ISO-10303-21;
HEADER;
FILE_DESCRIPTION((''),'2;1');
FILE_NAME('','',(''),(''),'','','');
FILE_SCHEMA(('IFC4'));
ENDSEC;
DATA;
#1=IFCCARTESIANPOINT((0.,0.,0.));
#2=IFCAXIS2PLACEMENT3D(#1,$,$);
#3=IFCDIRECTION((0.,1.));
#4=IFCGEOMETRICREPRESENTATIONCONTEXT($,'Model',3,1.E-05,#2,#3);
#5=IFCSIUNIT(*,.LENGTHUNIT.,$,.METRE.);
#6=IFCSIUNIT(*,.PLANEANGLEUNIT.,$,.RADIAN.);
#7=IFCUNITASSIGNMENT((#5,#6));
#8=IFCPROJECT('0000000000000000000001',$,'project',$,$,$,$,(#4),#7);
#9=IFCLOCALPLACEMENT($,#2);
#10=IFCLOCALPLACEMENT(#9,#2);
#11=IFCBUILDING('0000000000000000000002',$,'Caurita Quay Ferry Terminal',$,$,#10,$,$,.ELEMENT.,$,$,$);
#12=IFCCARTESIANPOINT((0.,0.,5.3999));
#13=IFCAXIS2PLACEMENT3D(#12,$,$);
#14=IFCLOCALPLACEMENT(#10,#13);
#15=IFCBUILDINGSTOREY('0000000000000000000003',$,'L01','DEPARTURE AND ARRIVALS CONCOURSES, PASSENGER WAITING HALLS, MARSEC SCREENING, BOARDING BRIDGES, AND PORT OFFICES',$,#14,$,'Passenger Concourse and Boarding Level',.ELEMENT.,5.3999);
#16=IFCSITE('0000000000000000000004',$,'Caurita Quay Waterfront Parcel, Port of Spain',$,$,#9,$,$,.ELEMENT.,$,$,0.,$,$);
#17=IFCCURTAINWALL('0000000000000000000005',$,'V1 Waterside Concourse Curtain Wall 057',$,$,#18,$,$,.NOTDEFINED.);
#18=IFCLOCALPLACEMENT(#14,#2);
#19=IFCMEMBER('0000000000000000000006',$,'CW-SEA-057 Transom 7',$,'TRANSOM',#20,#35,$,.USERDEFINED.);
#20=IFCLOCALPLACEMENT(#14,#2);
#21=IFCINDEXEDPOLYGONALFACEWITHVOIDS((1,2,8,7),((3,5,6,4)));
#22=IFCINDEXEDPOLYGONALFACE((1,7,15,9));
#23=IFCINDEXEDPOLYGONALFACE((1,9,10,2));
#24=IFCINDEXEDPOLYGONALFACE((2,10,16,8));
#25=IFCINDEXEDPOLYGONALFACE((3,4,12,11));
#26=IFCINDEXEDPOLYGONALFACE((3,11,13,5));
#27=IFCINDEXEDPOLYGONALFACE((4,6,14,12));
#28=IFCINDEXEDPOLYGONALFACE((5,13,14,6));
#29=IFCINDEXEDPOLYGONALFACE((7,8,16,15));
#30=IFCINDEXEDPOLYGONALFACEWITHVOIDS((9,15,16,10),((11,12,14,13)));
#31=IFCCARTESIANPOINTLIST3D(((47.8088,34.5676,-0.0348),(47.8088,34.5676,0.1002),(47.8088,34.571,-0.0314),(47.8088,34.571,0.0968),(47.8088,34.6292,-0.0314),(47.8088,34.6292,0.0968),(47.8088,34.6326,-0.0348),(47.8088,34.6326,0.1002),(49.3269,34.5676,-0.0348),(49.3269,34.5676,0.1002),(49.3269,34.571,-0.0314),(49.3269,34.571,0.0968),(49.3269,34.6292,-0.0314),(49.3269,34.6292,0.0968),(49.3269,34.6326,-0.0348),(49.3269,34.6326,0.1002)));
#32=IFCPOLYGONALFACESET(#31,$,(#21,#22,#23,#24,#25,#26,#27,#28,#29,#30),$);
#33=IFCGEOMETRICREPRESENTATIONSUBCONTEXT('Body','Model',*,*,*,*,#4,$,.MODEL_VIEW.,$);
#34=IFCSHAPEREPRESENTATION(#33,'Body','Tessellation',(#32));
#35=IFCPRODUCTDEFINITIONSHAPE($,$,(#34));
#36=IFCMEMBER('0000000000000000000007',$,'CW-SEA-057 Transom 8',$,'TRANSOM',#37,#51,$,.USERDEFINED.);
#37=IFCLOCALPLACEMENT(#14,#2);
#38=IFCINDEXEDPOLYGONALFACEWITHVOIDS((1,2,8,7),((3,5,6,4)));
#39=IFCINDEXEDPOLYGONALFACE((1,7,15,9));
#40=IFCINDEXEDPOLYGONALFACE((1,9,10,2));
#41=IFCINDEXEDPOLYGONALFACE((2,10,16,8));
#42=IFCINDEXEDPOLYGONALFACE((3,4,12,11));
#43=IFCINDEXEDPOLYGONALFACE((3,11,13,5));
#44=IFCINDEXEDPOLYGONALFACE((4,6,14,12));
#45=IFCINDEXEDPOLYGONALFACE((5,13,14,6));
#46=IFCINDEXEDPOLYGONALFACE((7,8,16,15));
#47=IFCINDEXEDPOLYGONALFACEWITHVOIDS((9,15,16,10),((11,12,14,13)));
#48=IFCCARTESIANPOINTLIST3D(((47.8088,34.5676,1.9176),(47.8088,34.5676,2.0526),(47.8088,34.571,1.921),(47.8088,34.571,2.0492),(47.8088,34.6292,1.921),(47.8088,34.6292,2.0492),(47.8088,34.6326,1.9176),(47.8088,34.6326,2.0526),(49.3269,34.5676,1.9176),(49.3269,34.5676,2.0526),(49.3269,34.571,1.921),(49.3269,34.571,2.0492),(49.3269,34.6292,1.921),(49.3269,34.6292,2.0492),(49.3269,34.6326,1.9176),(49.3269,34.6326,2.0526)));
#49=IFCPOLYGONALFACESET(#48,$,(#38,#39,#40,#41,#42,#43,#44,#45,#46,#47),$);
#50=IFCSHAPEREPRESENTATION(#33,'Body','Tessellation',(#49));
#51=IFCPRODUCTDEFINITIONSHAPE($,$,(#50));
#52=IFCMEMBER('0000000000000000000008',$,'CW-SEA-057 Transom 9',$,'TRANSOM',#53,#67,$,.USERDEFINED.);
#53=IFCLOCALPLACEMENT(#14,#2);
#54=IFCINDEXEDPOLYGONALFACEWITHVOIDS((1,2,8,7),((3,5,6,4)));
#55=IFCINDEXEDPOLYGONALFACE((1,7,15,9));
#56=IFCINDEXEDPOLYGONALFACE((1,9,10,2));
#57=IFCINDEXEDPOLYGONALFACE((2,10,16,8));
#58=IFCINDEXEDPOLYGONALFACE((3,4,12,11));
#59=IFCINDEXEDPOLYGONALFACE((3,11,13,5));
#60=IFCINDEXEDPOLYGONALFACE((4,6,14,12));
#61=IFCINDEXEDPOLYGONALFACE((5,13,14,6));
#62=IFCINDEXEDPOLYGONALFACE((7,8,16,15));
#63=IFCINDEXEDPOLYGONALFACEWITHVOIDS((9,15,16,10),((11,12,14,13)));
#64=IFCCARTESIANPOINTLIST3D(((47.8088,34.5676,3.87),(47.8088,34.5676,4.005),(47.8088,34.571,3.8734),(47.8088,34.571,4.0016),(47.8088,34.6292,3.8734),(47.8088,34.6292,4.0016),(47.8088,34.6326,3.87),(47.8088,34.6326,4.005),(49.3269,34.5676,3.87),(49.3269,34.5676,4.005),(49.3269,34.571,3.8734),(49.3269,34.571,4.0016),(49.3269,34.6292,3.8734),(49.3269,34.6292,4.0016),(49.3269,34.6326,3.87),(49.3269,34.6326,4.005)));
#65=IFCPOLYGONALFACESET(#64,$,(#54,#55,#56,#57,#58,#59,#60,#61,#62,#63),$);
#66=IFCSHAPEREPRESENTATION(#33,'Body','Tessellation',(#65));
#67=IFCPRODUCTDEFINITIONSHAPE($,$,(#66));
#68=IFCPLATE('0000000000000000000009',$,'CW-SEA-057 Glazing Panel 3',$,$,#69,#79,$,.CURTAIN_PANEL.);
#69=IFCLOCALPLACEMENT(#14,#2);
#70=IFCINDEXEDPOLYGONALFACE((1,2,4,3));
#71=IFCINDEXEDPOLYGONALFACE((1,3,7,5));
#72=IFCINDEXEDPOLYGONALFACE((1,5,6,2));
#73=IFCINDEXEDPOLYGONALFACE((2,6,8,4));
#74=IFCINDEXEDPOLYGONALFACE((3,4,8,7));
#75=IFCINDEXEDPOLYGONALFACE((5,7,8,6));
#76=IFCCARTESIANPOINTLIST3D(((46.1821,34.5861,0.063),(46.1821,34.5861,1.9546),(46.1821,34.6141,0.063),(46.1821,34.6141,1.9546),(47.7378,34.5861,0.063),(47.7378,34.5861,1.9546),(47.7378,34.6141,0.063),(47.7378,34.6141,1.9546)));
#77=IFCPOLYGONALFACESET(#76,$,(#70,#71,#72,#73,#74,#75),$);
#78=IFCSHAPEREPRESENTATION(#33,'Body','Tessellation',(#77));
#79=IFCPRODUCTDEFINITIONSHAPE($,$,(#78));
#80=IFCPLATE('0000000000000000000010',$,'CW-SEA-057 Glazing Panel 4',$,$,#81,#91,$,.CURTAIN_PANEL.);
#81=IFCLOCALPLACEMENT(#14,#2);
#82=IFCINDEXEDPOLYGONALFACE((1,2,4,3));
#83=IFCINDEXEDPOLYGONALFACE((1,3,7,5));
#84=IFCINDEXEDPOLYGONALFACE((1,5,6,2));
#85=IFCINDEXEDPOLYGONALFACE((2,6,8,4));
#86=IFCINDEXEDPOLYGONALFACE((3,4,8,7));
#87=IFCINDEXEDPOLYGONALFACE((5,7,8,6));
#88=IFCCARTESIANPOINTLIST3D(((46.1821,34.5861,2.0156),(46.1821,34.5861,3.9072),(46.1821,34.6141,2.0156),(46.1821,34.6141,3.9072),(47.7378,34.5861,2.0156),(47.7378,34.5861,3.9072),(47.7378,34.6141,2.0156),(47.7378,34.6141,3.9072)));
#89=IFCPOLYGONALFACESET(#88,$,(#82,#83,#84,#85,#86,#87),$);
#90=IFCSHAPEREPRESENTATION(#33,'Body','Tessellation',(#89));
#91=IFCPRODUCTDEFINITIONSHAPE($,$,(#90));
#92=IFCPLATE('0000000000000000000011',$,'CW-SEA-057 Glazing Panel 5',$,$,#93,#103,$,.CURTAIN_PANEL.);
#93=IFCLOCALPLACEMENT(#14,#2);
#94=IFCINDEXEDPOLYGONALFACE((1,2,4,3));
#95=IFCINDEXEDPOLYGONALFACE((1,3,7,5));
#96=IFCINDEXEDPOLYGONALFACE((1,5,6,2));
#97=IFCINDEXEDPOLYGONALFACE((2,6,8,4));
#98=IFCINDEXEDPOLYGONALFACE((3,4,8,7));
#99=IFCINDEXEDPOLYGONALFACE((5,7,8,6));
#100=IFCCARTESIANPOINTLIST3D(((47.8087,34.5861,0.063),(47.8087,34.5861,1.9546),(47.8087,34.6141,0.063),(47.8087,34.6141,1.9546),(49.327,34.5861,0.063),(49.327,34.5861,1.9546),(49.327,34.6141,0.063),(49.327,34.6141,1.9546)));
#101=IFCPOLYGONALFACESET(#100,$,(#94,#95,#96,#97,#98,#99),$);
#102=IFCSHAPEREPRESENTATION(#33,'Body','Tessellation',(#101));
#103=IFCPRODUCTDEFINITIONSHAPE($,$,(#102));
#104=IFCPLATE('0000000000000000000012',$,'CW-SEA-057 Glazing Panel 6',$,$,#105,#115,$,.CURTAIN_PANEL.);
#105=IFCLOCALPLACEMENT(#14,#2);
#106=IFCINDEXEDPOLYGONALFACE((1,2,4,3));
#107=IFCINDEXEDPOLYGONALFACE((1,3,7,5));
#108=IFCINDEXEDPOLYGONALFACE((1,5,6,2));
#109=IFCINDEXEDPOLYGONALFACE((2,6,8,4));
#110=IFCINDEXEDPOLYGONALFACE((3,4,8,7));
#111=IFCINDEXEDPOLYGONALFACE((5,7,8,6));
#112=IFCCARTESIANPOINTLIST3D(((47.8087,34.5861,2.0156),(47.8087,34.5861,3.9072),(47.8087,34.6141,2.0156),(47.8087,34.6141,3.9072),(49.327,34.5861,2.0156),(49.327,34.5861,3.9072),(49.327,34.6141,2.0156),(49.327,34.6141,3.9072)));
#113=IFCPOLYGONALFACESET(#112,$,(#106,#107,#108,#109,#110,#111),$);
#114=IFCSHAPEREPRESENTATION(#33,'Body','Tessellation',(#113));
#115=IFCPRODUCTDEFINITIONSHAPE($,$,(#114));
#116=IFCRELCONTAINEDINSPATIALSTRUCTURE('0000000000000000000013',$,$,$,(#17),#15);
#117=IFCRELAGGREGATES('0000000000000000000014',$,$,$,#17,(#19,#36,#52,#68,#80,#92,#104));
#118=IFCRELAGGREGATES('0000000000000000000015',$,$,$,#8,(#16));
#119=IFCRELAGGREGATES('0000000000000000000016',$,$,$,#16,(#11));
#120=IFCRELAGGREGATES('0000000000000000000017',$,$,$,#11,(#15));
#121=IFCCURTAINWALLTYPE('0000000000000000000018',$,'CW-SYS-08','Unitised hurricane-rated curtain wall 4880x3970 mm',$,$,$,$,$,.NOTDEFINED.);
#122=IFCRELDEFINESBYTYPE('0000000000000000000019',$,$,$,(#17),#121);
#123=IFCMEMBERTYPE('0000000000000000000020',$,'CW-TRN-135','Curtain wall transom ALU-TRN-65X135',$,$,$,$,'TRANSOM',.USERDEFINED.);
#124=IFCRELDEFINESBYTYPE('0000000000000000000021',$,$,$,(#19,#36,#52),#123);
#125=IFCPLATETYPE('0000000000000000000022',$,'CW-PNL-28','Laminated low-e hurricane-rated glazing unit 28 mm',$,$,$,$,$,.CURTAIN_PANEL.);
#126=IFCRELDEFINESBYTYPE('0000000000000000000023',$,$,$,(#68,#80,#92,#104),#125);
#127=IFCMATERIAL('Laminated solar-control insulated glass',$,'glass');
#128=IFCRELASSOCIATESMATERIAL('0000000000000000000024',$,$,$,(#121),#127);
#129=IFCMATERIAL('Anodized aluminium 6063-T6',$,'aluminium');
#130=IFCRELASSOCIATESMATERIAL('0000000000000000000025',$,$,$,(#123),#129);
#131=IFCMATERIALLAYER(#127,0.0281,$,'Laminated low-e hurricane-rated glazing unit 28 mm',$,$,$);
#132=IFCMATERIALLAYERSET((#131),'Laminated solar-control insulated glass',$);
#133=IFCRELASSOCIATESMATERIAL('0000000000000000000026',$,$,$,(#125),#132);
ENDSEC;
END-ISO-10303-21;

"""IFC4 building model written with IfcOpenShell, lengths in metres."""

from ifc_helpers import new_model, si_unit, direction, frame, origin, origin_2d, place, context, subcontext, project, spatial, rectangle, hollow_rectangle, extrude, material, layer, layer_set, material_profile, profile_set, type_object, element, aggregate, save


model = new_model("IFC4")

# Units and contexts
model_context = context("Model", 3, precision=1e-05, world=origin(), true_north=direction((0.0, 1.0)))
body_context = subcontext(model_context, "Body", "Model", "MODEL_VIEW")
ifc_project = project(units=[si_unit("LENGTHUNIT", "METRE"), si_unit("PLANEANGLEUNIT", "RADIAN")], contexts=[model_context])

# Site, building, storey
site_placement = place(None, origin())
site = spatial("IfcSite", under=ifc_project, at=site_placement, Name="Caurita Quay Waterfront Parcel, Port of Spain", CompositionType="ELEMENT", RefElevation=0.0)
building_placement = place(site_placement, origin())
building = spatial("IfcBuilding", under=site, at=building_placement, Name="Caurita Quay Ferry Terminal", CompositionType="ELEMENT")
storey_placement = place(building_placement, frame((0.0, 0.0, 5.3999)))
storey = spatial("IfcBuildingStorey", under=building, at=storey_placement, Name="L01", Description="DEPARTURE AND ARRIVALS CONCOURSES, PASSENGER WAITING HALLS, MARSEC SCREENING, BOARDING BRIDGES, AND PORT OFFICES", LongName="Passenger Concourse and Boarding Level", CompositionType="ELEMENT", Elevation=5.3999)

# Curtain wall, members, plates
ifc_material_1 = material(Name="Laminated solar-control insulated glass", Category="glass")
curtain_wall_type = type_object("IfcCurtainWallType", Name="CW-SYS-08", Description="Unitised hurricane-rated curtain wall 4880x3970 mm", PredefinedType="NOTDEFINED", material=ifc_material_1)
curtain_wall_placement = place(storey_placement, origin())
curtain_wall = element("IfcCurtainWall", 1, at=curtain_wall_placement, inside=storey, type_object=curtain_wall_type, Name="V1 Waterside Concourse Curtain Wall 057", PredefinedType="NOTDEFINED")
ifc_material_2 = material(Name="Anodized aluminium 6063-T6", Category="aluminium")
ifc_material_profile_1 = material_profile(ifc_material_2, hollow_rectangle(XDim=0.0649, YDim=0.135, WallThickness=0.0034, at=origin_2d()), Name="ALU-TRN-65X135")
ifc_profile_set_1 = profile_set([ifc_material_profile_1], Name="Anodized aluminium 6063-T6")
member_type_1 = type_object("IfcMemberType", Name="CW-TRN-135", Description="Curtain wall transom ALU-TRN-65X135", ElementType="TRANSOM", PredefinedType="USERDEFINED", material=ifc_profile_set_1)
member_1_placement = place(storey_placement, frame((47.8088, 34.6001, 0.0327), z_axis=(1.0, 0.0, 0.0), x_axis=(0.0, 1.0, 0.0)))
member_1 = element("IfcMember", 2, at=member_1_placement, type_object=member_type_1, Name="CW-SEA-057 Transom 7", ObjectType="TRANSOM", PredefinedType="USERDEFINED", context=body_context, shape_type="SweptSolid", body=[
    extrude(hollow_rectangle(XDim=0.0649, YDim=0.135, WallThickness=0.0034, at=origin_2d()), origin(), (0.0, 0.0, 1.0), 1.5181),
])
member_2_placement = place(storey_placement, frame((47.8088, 34.6001, 1.9851), z_axis=(1.0, 0.0, 0.0), x_axis=(0.0, 1.0, 0.0)))
member_2 = element("IfcMember", 3, at=member_2_placement, type_object=member_type_1, Name="CW-SEA-057 Transom 8", ObjectType="TRANSOM", PredefinedType="USERDEFINED", context=body_context, shape_type="SweptSolid", body=[
    extrude(hollow_rectangle(XDim=0.0649, YDim=0.135, WallThickness=0.0034, at=origin_2d()), origin(), (0.0, 0.0, 1.0), 1.5181),
])
member_3_placement = place(storey_placement, frame((47.8088, 34.6001, 3.9375), z_axis=(1.0, 0.0, 0.0), x_axis=(0.0, 1.0, 0.0)))
member_3 = element("IfcMember", 4, at=member_3_placement, type_object=member_type_1, Name="CW-SEA-057 Transom 9", ObjectType="TRANSOM", PredefinedType="USERDEFINED", context=body_context, shape_type="SweptSolid", body=[
    extrude(hollow_rectangle(XDim=0.0649, YDim=0.135, WallThickness=0.0034, at=origin_2d()), origin(), (0.0, 0.0, 1.0), 1.5181),
])
ifc_layer = layer(ifc_material_1, 0.0281, Name="Laminated low-e hurricane-rated glazing unit 28 mm")
ifc_layer_set = layer_set([ifc_layer], Name="Laminated solar-control insulated glass")
plate_type = type_object("IfcPlateType", Name="CW-PNL-28", Description="Laminated low-e hurricane-rated glazing unit 28 mm", PredefinedType="CURTAIN_PANEL", material=ifc_layer_set)
plate_1_placement = place(storey_placement, frame((46.96, 34.6001, 0.063), z_axis=(0.0, 0.0, 1.0), x_axis=(1.0, 0.0, 0.0)))
plate_1 = element("IfcPlate", 5, at=plate_1_placement, type_object=plate_type, Name="CW-SEA-057 Glazing Panel 3", PredefinedType="CURTAIN_PANEL", context=body_context, shape_type="SweptSolid", body=[
    extrude(rectangle(XDim=1.5557, YDim=0.0281, at=origin_2d()), origin(), (0.0, 0.0, 1.0), 1.8916),
])
plate_2_placement = place(storey_placement, frame((46.96, 34.6001, 2.0156), z_axis=(0.0, 0.0, 1.0), x_axis=(1.0, 0.0, 0.0)))
plate_2 = element("IfcPlate", 6, at=plate_2_placement, type_object=plate_type, Name="CW-SEA-057 Glazing Panel 4", PredefinedType="CURTAIN_PANEL", context=body_context, shape_type="SweptSolid", body=[
    extrude(rectangle(XDim=1.5557, YDim=0.0281, at=origin_2d()), origin(), (0.0, 0.0, 1.0), 1.8916),
])
plate_3_placement = place(storey_placement, frame((48.5679, 34.6001, 0.063), z_axis=(0.0, 0.0, 1.0), x_axis=(1.0, 0.0, 0.0)))
plate_3 = element("IfcPlate", 7, at=plate_3_placement, type_object=plate_type, Name="CW-SEA-057 Glazing Panel 5", PredefinedType="CURTAIN_PANEL", context=body_context, shape_type="SweptSolid", body=[
    extrude(rectangle(XDim=1.5183, YDim=0.0281, at=origin_2d()), origin(), (0.0, 0.0, 1.0), 1.8916),
])
plate_4_placement = place(storey_placement, frame((48.5679, 34.6001, 2.0156), z_axis=(0.0, 0.0, 1.0), x_axis=(1.0, 0.0, 0.0)))
plate_4 = element("IfcPlate", 8, at=plate_4_placement, type_object=plate_type, Name="CW-SEA-057 Glazing Panel 6", PredefinedType="CURTAIN_PANEL", context=body_context, shape_type="SweptSolid", body=[
    extrude(rectangle(XDim=1.5183, YDim=0.0281, at=origin_2d()), origin(), (0.0, 0.0, 1.0), 1.8916),
])
aggregate(curtain_wall, [member_1, member_2, member_3, plate_1, plate_2, plate_3, plate_4])

save(model, "model.ifc")
